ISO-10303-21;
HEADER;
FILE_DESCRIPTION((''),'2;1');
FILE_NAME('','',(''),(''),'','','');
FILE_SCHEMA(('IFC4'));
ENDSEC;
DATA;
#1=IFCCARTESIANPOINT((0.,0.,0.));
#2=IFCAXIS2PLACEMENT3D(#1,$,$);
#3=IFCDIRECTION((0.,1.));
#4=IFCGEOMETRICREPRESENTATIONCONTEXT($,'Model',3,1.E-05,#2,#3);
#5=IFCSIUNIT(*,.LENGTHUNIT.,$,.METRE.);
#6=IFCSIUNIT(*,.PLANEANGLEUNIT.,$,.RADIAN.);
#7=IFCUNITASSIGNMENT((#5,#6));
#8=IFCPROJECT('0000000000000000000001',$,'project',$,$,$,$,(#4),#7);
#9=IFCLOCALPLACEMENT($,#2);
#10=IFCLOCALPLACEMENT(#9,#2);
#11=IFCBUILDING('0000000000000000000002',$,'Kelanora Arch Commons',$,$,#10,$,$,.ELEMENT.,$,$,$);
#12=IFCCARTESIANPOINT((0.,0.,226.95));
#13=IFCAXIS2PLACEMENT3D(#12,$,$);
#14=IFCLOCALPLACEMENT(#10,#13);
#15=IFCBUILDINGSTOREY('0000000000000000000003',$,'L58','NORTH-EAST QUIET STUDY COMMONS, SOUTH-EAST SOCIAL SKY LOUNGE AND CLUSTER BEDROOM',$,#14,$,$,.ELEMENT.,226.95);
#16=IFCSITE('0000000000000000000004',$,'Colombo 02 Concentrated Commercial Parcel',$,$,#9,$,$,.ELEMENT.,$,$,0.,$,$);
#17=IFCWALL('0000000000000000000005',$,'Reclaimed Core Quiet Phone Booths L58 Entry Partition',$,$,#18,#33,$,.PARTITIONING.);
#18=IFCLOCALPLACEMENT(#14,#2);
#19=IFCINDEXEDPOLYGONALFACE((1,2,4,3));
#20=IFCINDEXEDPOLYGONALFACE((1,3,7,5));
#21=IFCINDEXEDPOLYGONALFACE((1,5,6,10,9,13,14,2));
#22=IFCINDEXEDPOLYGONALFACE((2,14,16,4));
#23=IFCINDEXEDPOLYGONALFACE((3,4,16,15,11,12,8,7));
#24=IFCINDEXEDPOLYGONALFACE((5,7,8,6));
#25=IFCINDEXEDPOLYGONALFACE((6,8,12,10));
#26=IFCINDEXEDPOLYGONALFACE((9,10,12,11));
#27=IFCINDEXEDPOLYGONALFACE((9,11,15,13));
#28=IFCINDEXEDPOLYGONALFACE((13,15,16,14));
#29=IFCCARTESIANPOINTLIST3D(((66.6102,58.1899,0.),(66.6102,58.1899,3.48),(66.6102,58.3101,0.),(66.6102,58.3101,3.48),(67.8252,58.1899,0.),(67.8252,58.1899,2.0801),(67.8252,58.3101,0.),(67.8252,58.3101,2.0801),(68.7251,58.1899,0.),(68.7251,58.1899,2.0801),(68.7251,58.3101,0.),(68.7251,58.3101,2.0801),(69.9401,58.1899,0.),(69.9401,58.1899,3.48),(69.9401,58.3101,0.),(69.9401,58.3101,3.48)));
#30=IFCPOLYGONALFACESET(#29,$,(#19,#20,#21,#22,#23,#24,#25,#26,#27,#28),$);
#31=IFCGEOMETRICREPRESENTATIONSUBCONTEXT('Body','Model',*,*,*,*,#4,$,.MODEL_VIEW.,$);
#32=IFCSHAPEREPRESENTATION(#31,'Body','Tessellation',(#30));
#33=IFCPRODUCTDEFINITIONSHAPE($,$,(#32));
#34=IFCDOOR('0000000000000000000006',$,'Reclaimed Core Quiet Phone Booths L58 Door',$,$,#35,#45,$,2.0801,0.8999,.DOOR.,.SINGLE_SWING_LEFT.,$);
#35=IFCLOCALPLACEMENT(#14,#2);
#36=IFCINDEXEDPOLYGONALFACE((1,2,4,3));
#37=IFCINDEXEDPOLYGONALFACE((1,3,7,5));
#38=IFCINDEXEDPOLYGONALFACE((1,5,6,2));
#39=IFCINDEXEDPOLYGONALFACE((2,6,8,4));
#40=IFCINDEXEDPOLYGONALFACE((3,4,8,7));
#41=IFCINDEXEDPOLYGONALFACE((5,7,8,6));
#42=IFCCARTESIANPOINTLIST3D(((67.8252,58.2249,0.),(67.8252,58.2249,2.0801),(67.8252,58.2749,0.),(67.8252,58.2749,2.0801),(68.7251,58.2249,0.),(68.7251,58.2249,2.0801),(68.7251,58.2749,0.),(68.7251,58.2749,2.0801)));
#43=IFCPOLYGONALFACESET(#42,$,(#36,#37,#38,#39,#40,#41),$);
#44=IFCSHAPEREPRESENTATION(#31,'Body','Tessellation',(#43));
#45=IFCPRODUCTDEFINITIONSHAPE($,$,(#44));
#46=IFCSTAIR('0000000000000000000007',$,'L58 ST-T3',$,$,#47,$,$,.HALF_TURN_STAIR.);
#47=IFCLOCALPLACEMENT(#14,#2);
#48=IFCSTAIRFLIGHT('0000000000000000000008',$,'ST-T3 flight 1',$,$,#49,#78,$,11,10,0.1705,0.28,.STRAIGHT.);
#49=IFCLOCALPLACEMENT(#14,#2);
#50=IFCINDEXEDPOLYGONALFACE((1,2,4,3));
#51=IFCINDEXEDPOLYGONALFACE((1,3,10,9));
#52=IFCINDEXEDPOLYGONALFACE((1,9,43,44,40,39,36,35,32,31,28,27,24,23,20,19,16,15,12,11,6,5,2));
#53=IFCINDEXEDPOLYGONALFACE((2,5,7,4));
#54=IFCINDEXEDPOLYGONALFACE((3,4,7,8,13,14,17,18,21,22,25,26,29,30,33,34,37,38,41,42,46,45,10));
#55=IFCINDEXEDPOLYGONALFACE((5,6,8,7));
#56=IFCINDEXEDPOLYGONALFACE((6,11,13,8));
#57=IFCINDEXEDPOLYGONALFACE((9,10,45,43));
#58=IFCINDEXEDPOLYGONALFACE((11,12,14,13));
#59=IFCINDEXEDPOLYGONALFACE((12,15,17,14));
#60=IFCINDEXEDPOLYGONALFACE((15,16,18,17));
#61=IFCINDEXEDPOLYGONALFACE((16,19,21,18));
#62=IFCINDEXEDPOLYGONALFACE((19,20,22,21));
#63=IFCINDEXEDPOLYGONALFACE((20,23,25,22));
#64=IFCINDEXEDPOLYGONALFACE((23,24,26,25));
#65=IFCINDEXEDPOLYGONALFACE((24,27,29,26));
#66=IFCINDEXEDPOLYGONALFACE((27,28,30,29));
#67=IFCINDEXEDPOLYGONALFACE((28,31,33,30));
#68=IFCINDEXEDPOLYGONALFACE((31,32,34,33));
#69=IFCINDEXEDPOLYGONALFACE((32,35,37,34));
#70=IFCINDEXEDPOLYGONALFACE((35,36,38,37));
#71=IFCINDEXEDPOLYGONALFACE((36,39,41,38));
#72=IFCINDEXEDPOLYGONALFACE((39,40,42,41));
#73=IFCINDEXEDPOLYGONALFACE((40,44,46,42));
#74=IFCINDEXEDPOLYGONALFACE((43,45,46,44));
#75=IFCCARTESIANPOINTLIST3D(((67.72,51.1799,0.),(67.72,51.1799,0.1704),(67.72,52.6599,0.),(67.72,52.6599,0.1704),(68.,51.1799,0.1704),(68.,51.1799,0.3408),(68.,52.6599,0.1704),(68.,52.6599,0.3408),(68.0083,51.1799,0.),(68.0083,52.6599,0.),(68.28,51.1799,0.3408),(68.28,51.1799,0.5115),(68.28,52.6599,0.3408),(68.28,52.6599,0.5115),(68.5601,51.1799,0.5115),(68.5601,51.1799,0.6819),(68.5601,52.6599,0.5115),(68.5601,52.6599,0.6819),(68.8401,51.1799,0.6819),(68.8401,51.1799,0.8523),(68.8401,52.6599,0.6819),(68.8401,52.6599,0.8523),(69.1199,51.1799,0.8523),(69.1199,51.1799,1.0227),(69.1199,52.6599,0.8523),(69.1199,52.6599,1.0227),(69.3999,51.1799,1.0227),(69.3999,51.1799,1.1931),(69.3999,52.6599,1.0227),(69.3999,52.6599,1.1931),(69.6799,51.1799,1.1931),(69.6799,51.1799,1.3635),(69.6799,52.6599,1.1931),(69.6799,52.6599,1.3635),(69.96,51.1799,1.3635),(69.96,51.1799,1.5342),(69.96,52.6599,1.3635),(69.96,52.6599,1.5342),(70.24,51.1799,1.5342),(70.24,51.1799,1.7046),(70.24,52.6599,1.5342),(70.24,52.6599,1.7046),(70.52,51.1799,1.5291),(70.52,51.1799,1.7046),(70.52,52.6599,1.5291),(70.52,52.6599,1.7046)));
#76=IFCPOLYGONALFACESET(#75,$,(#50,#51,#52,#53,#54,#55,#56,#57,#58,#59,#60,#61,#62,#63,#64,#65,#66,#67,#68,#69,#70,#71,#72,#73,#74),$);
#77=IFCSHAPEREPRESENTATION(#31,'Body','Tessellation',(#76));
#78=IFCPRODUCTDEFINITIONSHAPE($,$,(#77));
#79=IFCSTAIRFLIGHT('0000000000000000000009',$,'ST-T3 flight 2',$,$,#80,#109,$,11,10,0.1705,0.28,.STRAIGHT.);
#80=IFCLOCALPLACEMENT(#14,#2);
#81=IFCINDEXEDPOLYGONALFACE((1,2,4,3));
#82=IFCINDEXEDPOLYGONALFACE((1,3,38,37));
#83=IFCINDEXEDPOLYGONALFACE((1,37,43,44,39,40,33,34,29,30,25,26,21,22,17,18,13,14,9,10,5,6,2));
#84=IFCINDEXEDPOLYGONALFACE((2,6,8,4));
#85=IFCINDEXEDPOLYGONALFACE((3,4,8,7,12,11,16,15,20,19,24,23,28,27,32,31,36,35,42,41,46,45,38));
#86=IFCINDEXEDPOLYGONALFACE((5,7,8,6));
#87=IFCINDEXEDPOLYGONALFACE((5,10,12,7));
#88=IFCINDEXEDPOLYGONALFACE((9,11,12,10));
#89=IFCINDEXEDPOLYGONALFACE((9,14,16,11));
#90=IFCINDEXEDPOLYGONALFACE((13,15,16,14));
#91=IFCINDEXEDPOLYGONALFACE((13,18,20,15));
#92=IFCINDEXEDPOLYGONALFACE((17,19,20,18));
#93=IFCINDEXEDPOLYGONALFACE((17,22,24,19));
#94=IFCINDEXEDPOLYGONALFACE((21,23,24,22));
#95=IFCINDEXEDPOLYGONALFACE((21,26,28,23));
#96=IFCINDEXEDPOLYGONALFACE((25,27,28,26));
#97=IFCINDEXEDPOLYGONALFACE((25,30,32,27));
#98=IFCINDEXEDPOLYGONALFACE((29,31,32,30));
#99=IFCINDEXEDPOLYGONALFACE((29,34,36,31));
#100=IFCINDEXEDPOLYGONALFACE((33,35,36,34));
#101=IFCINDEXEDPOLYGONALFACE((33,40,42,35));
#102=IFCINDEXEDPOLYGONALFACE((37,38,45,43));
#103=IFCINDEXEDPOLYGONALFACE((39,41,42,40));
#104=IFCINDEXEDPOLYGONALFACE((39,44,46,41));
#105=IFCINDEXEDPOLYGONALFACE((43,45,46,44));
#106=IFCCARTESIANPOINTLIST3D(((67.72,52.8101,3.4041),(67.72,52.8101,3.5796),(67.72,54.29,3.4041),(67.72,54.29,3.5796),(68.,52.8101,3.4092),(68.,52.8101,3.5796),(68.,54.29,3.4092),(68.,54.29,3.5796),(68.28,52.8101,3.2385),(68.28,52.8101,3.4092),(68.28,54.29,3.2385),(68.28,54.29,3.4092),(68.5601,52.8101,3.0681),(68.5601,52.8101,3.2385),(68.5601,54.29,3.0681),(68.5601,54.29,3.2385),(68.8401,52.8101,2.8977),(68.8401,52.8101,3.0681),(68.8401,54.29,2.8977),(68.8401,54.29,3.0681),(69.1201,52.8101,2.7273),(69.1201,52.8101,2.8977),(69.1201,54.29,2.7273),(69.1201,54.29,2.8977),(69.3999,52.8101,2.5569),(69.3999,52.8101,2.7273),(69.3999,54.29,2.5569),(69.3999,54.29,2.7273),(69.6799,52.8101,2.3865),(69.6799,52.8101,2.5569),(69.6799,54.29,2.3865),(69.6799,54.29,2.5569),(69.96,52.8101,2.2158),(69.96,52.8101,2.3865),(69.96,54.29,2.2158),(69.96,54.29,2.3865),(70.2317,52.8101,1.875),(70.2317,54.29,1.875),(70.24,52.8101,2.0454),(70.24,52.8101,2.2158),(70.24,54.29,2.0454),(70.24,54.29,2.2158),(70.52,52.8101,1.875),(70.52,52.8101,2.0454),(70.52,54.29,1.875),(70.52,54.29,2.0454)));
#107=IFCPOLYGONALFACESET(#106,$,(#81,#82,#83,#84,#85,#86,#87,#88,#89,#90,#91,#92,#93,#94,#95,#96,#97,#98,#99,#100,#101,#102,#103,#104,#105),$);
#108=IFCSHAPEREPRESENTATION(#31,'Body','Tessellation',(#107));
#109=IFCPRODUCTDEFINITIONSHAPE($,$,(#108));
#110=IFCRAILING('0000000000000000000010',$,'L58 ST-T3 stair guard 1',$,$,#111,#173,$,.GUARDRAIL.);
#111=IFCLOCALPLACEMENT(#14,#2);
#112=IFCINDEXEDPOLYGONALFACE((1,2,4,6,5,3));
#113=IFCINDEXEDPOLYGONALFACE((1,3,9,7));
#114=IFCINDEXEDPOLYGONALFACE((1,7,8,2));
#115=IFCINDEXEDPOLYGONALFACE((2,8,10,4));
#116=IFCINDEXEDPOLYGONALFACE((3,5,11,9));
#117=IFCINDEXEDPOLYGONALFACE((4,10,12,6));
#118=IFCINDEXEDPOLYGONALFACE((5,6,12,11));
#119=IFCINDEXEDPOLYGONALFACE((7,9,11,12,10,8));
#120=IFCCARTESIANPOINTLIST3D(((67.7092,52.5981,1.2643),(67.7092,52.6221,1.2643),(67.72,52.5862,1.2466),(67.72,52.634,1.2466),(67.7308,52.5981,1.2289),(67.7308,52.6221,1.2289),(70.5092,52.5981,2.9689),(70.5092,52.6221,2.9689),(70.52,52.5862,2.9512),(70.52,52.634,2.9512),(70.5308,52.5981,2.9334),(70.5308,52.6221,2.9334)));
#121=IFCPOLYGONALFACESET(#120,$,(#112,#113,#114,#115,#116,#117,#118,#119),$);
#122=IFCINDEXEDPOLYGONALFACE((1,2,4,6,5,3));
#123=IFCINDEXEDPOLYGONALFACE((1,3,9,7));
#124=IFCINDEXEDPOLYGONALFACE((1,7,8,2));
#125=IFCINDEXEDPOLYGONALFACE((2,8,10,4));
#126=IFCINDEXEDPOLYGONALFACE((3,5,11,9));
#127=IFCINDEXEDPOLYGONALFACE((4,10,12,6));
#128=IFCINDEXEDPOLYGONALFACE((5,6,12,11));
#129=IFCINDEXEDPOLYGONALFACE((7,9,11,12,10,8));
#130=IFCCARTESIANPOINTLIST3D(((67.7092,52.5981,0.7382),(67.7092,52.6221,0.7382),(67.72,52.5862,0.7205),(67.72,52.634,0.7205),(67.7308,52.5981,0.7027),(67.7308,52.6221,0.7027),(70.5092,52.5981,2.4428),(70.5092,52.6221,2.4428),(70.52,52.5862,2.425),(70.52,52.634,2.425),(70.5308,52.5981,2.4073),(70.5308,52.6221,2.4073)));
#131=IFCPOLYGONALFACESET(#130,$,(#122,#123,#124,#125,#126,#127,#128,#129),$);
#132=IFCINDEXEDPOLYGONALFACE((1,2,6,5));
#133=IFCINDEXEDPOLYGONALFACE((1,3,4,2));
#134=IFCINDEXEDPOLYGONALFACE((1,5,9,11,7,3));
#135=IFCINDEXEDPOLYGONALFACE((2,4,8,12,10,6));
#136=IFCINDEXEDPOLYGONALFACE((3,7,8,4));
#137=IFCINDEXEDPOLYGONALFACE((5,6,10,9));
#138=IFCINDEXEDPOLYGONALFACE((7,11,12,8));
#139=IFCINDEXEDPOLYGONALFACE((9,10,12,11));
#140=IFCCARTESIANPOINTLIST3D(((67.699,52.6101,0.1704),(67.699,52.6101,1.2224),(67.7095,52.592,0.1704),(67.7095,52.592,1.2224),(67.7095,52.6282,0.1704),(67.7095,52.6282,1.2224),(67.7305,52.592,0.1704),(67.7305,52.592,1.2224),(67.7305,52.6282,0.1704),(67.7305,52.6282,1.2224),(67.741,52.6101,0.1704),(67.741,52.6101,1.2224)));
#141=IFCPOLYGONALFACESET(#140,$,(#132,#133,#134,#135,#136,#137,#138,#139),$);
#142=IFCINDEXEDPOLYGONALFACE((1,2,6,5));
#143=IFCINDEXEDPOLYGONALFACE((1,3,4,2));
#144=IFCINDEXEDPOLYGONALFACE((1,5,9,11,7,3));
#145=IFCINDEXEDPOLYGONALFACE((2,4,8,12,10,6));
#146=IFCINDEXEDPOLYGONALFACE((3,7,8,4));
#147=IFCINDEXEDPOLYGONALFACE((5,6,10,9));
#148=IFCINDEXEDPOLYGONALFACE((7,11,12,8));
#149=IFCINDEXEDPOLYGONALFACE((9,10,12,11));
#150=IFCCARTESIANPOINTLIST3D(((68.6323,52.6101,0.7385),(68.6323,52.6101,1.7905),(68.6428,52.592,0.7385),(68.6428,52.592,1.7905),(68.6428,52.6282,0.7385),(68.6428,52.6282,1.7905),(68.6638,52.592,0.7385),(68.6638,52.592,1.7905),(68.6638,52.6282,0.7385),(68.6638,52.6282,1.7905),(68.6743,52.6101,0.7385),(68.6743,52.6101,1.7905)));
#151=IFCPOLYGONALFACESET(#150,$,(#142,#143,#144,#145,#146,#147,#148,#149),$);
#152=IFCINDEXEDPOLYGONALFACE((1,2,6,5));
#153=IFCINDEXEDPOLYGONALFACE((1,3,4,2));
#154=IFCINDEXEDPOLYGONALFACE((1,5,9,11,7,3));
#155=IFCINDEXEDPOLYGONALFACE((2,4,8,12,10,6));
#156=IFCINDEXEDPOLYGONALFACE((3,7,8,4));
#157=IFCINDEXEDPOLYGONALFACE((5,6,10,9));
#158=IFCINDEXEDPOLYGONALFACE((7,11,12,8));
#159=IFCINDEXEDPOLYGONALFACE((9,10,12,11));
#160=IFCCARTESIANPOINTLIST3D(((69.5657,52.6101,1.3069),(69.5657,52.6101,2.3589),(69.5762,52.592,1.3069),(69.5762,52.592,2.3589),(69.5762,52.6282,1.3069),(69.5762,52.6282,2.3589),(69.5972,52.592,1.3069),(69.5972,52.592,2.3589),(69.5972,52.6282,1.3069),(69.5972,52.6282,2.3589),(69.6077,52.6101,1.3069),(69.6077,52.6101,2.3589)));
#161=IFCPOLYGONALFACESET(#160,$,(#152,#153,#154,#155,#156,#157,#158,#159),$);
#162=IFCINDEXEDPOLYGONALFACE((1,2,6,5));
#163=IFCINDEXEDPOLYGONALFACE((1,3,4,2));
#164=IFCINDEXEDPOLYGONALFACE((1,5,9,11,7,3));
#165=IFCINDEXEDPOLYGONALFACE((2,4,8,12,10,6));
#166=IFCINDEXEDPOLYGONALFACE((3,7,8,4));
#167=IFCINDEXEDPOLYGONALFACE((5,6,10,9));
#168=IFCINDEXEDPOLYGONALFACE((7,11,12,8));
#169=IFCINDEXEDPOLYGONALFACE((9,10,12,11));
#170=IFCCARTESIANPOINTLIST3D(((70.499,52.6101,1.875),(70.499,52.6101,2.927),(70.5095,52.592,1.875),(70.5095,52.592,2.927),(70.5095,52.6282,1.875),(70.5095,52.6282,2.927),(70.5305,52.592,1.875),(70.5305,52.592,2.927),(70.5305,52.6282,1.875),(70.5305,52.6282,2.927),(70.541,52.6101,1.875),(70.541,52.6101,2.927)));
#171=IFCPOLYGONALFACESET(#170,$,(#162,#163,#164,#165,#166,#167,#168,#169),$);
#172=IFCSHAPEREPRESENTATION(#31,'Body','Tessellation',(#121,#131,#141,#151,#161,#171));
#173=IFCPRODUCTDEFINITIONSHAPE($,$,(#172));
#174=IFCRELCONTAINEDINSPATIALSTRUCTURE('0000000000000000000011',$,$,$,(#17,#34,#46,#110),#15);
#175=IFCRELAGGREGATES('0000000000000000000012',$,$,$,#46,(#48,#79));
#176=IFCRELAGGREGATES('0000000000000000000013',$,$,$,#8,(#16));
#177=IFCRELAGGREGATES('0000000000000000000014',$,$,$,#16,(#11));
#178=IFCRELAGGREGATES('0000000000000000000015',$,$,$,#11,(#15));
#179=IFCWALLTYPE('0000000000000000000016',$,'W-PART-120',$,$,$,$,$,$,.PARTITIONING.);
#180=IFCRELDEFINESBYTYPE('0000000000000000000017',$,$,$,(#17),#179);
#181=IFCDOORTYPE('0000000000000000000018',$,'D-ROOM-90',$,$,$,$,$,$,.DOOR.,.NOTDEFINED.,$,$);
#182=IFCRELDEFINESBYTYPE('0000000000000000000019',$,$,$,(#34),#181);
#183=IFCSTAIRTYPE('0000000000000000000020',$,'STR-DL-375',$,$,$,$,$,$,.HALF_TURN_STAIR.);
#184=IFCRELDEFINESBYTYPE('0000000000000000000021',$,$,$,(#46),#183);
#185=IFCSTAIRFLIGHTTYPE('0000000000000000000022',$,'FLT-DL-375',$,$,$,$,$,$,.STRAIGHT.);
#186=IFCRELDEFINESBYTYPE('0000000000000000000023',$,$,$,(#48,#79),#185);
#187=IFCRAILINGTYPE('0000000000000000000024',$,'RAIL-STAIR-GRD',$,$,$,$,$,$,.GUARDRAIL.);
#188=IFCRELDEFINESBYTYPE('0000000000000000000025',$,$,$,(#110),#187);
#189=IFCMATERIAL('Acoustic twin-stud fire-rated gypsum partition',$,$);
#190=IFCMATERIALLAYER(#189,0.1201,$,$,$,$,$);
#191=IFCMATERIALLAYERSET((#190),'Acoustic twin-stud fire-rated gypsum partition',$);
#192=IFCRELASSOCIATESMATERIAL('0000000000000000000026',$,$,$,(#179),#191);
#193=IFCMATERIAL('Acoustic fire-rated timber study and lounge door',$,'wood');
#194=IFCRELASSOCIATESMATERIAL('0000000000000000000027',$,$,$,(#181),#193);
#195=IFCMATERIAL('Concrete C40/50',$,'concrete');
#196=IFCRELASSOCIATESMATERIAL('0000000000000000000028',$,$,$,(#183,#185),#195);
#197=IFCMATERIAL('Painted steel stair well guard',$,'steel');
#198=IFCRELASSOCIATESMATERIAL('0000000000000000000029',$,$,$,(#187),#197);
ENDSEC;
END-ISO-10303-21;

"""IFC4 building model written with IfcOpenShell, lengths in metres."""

from ifc_helpers import new_model, si_unit, direction, frame, frame_2d, origin, place, context, subcontext, project, spatial, polyline, rectangle, outline, extrude, material, layer, layer_set, type_object, element, fill, aggregate, save


model = new_model("IFC4")

# Units and contexts
model_context = context("Model", 3, precision=1e-05, world=origin(), true_north=direction((0.0, 1.0)))
body_context = subcontext(model_context, "Body", "Model", "MODEL_VIEW")
ifc_project = project(units=[si_unit("LENGTHUNIT", "METRE"), si_unit("PLANEANGLEUNIT", "RADIAN")], contexts=[model_context])

# Site, building, storey
site_placement = place(None, origin())
site = spatial("IfcSite", under=ifc_project, at=site_placement, Name="Colombo 02 Concentrated Commercial Parcel", CompositionType="ELEMENT", RefElevation=0.0)
building_placement = place(site_placement, origin())
building = spatial("IfcBuilding", under=site, at=building_placement, Name="Kelanora Arch Commons", CompositionType="ELEMENT")
storey_placement = place(building_placement, frame((0.0, 0.0, 226.95)))
storey = spatial("IfcBuildingStorey", under=building, at=storey_placement, Name="L58", Description="NORTH-EAST QUIET STUDY COMMONS, SOUTH-EAST SOCIAL SKY LOUNGE AND CLUSTER BEDROOM", CompositionType="ELEMENT", Elevation=226.95)

# Shared definitions
ifc_material_1 = material(Name="Concrete C40/50", Category="concrete")

# Wall, opening, door
ifc_material_2 = material(Name="Acoustic twin-stud fire-rated gypsum partition")
ifc_layer_1 = layer(ifc_material_2, 0.1201)
ifc_layer_set_1 = layer_set([ifc_layer_1], Name="Acoustic twin-stud fire-rated gypsum partition")
wall_type_1 = type_object("IfcWallType", Name="W-PART-120", PredefinedType="PARTITIONING", material=ifc_layer_set_1)
wall_1_placement = place(storey_placement, frame((66.6101, 58.25, 0.0), z_axis=(0.0, 0.0, 1.0), x_axis=(1.0, 0.0, 0.0)))
wall_1 = element("IfcWall", 1, at=wall_1_placement, inside=storey, type_object=wall_type_1, Name="Reclaimed Core Quiet Phone Booths L58 Entry Partition", PredefinedType="PARTITIONING", context=body_context, shape_type="SweptSolid", body=[
    extrude(rectangle(XDim=3.3298, YDim=0.1201, at=frame_2d((1.665, 0.0))), origin(), (0.0, 0.0, 1.0), 3.48),
])
opening_1_placement = place(wall_1_placement, frame((1.2151, 0.0, 0.0)))
opening_1 = element("IfcOpeningElement", 2, at=opening_1_placement, cuts=wall_1, PredefinedType="OPENING", context=body_context, shape_type="SweptSolid", body=[
    extrude(rectangle(XDim=0.8999, YDim=2.0801, at=frame_2d((0.45, 1.04))), frame((0.0, 0.0701, 0.0), z_axis=(0.0, -1.0, 0.0), x_axis=(1.0, 0.0, 0.0)), (0.0, 0.0, 1.0), 0.1401),
])
ifc_material_3 = material(Name="Acoustic fire-rated timber study and lounge door", Category="wood")
door_type_1 = type_object("IfcDoorType", Name="D-ROOM-90", OperationType="NOTDEFINED", PredefinedType="DOOR", material=ifc_material_3)
door_1_placement = place(opening_1_placement, origin())
door_1 = element("IfcDoor", 3, at=door_1_placement, inside=storey, type_object=door_type_1, Name="Reclaimed Core Quiet Phone Booths L58 Door", OperationType="SINGLE_SWING_LEFT", OverallHeight=2.0801, OverallWidth=0.8999, PredefinedType="DOOR", context=body_context, shape_type="SweptSolid", body=[
    extrude(rectangle(XDim=0.8999, YDim=2.0801, at=frame_2d((0.45, 1.04))), frame((0.0, 0.0249, 0.0), z_axis=(0.0, -1.0, 0.0), x_axis=(1.0, 0.0, 0.0)), (0.0, 0.0, 1.0), 0.05),
])
fill(opening_1, door_1)

# Stair, stair flights
stair_type = type_object("IfcStairType", Name="STR-DL-375", PredefinedType="HALF_TURN_STAIR", material=ifc_material_1)
stair_placement = place(storey_placement, origin())
stair = element("IfcStair", 4, at=stair_placement, inside=storey, type_object=stair_type, Name="L58 ST-T3", PredefinedType="HALF_TURN_STAIR")
stair_flight_type = type_object("IfcStairFlightType", Name="FLT-DL-375", PredefinedType="STRAIGHT", material=ifc_material_1)
stair_flight_1_placement = place(storey_placement, frame((67.72, 51.9199, 0.0), z_axis=(0.0, 0.0, 1.0), x_axis=(1.0, 0.0, 0.0)))
stair_flight_1 = element("IfcStairFlight", 5, at=stair_flight_1_placement, type_object=stair_flight_type, Name="ST-T3 flight 1", NumberOfRisers=11, NumberOfTreads=10, PredefinedType="STRAIGHT", RiserHeight=0.1705, TreadLength=0.28, context=body_context, shape_type="SweptSolid", body=[
    extrude(outline(polyline([(0.0, 0.0), (0.0, 0.1704), (0.28, 0.1704), (0.28, 0.3408), (0.5601, 0.3408), (0.5601, 0.5115), (0.8401, 0.5115), (0.8401, 0.6819), (1.1201, 0.6819), (1.1201, 0.8523), (1.3999, 0.8523), (1.3999, 1.0227), (1.6799, 1.0227), (1.6799, 1.1931), (1.96, 1.1931), (1.96, 1.3635), (2.24, 1.3635), (2.24, 1.5342), (2.52, 1.5342), (2.52, 1.7046), (2.8, 1.7046), (2.8, 1.875), (2.8, 1.5291), (0.2883, 0.0), (0.0, 0.0)])), frame((0.0, 0.74, 0.0), z_axis=(0.0, -1.0, 0.0), x_axis=(1.0, 0.0, 0.0)), (0.0, 0.0, 1.0), 1.48),
])
stair_flight_2_placement = place(storey_placement, frame((70.52, 53.55, 1.875), z_axis=(0.0, 0.0, 1.0), x_axis=(-1.0, 0.0, 0.0)))
stair_flight_2 = element("IfcStairFlight", 6, at=stair_flight_2_placement, type_object=stair_flight_type, Name="ST-T3 flight 2", NumberOfRisers=11, NumberOfTreads=10, PredefinedType="STRAIGHT", RiserHeight=0.1705, TreadLength=0.28, context=body_context, shape_type="SweptSolid", body=[
    extrude(outline(polyline([(0.0, 0.0), (0.0, 0.1704), (0.28, 0.1704), (0.28, 0.3408), (0.5601, 0.3408), (0.5601, 0.5115), (0.8401, 0.5115), (0.8401, 0.6819), (1.1201, 0.6819), (1.1201, 0.8523), (1.3999, 0.8523), (1.3999, 1.0227), (1.6799, 1.0227), (1.6799, 1.1931), (1.96, 1.1931), (1.96, 1.3635), (2.24, 1.3635), (2.24, 1.5342), (2.52, 1.5342), (2.52, 1.7046), (2.8, 1.7046), (2.8, 1.875), (2.8, 1.5291), (0.2883, 0.0), (0.0, 0.0)])), frame((0.0, 0.74, 0.0), z_axis=(0.0, -1.0, 0.0), x_axis=(1.0, 0.0, 0.0)), (0.0, 0.0, 1.0), 1.48),
])
aggregate(stair, [stair_flight_1, stair_flight_2])

# Railing
ifc_material_4 = material(Name="Painted steel stair well guard", Category="steel")
railing_type_1 = type_object("IfcRailingType", Name="RAIL-STAIR-GRD", PredefinedType="GUARDRAIL", material=ifc_material_4)
railing_1_placement = place(storey_placement, frame((67.72, 52.6101, 0.1704)))
element("IfcRailing", 7, at=railing_1_placement, inside=storey, type_object=railing_type_1, Name="L58 ST-T3 stair guard 1", PredefinedType="GUARDRAIL", context=body_context, shape_type="SweptSolid", body=[
    extrude(outline(polyline([(0.0239, 0.0), (0.012, 0.0208), (-0.012, 0.0208), (-0.0239, 0.0), (-0.012, -0.0208), (0.012, -0.0208), (0.0239, 0.0)])), frame((0.0, 0.0, 1.0762), z_axis=(0.85417, 0.0, 0.519994), x_axis=(0.0, 1.0, 0.0)), (0.0, 0.0, 1.0), 3.2781),
    extrude(outline(polyline([(0.0239, 0.0), (0.012, 0.0208), (-0.012, 0.0208), (-0.0239, 0.0), (-0.012, -0.0208), (0.012, -0.0208), (0.0239, 0.0)])), frame((0.0, 0.0, 0.55), z_axis=(0.85417, 0.0, 0.519994), x_axis=(0.0, 1.0, 0.0)), (0.0, 0.0, 1.0), 3.2781),
    extrude(outline(polyline([(0.021, 0.0), (0.0105, 0.0181), (-0.0105, 0.0181), (-0.021, 0.0), (-0.0105, -0.0181), (0.0105, -0.0181), (0.021, 0.0)])), origin(), (0.0, 0.0, 1.0), 1.052),
    extrude(outline(polyline([(0.021, 0.0), (0.0105, 0.0181), (-0.0105, 0.0181), (-0.021, 0.0), (-0.0105, -0.0181), (0.0105, -0.0181), (0.021, 0.0)])), frame((0.9333, 0.0, 0.5681)), (0.0, 0.0, 1.0), 1.052),
    extrude(outline(polyline([(0.021, 0.0), (0.0105, 0.0181), (-0.0105, 0.0181), (-0.021, 0.0), (-0.0105, -0.0181), (0.0105, -0.0181), (0.021, 0.0)])), frame((1.8667, 0.0, 1.1365)), (0.0, 0.0, 1.0), 1.052),
    extrude(outline(polyline([(0.021, 0.0), (0.0105, 0.0181), (-0.0105, 0.0181), (-0.021, 0.0), (-0.0105, -0.0181), (0.0105, -0.0181), (0.021, 0.0)])), frame((2.8, 0.0, 1.7046)), (0.0, 0.0, 1.0), 1.052),
])

save(model, "model.ifc")
